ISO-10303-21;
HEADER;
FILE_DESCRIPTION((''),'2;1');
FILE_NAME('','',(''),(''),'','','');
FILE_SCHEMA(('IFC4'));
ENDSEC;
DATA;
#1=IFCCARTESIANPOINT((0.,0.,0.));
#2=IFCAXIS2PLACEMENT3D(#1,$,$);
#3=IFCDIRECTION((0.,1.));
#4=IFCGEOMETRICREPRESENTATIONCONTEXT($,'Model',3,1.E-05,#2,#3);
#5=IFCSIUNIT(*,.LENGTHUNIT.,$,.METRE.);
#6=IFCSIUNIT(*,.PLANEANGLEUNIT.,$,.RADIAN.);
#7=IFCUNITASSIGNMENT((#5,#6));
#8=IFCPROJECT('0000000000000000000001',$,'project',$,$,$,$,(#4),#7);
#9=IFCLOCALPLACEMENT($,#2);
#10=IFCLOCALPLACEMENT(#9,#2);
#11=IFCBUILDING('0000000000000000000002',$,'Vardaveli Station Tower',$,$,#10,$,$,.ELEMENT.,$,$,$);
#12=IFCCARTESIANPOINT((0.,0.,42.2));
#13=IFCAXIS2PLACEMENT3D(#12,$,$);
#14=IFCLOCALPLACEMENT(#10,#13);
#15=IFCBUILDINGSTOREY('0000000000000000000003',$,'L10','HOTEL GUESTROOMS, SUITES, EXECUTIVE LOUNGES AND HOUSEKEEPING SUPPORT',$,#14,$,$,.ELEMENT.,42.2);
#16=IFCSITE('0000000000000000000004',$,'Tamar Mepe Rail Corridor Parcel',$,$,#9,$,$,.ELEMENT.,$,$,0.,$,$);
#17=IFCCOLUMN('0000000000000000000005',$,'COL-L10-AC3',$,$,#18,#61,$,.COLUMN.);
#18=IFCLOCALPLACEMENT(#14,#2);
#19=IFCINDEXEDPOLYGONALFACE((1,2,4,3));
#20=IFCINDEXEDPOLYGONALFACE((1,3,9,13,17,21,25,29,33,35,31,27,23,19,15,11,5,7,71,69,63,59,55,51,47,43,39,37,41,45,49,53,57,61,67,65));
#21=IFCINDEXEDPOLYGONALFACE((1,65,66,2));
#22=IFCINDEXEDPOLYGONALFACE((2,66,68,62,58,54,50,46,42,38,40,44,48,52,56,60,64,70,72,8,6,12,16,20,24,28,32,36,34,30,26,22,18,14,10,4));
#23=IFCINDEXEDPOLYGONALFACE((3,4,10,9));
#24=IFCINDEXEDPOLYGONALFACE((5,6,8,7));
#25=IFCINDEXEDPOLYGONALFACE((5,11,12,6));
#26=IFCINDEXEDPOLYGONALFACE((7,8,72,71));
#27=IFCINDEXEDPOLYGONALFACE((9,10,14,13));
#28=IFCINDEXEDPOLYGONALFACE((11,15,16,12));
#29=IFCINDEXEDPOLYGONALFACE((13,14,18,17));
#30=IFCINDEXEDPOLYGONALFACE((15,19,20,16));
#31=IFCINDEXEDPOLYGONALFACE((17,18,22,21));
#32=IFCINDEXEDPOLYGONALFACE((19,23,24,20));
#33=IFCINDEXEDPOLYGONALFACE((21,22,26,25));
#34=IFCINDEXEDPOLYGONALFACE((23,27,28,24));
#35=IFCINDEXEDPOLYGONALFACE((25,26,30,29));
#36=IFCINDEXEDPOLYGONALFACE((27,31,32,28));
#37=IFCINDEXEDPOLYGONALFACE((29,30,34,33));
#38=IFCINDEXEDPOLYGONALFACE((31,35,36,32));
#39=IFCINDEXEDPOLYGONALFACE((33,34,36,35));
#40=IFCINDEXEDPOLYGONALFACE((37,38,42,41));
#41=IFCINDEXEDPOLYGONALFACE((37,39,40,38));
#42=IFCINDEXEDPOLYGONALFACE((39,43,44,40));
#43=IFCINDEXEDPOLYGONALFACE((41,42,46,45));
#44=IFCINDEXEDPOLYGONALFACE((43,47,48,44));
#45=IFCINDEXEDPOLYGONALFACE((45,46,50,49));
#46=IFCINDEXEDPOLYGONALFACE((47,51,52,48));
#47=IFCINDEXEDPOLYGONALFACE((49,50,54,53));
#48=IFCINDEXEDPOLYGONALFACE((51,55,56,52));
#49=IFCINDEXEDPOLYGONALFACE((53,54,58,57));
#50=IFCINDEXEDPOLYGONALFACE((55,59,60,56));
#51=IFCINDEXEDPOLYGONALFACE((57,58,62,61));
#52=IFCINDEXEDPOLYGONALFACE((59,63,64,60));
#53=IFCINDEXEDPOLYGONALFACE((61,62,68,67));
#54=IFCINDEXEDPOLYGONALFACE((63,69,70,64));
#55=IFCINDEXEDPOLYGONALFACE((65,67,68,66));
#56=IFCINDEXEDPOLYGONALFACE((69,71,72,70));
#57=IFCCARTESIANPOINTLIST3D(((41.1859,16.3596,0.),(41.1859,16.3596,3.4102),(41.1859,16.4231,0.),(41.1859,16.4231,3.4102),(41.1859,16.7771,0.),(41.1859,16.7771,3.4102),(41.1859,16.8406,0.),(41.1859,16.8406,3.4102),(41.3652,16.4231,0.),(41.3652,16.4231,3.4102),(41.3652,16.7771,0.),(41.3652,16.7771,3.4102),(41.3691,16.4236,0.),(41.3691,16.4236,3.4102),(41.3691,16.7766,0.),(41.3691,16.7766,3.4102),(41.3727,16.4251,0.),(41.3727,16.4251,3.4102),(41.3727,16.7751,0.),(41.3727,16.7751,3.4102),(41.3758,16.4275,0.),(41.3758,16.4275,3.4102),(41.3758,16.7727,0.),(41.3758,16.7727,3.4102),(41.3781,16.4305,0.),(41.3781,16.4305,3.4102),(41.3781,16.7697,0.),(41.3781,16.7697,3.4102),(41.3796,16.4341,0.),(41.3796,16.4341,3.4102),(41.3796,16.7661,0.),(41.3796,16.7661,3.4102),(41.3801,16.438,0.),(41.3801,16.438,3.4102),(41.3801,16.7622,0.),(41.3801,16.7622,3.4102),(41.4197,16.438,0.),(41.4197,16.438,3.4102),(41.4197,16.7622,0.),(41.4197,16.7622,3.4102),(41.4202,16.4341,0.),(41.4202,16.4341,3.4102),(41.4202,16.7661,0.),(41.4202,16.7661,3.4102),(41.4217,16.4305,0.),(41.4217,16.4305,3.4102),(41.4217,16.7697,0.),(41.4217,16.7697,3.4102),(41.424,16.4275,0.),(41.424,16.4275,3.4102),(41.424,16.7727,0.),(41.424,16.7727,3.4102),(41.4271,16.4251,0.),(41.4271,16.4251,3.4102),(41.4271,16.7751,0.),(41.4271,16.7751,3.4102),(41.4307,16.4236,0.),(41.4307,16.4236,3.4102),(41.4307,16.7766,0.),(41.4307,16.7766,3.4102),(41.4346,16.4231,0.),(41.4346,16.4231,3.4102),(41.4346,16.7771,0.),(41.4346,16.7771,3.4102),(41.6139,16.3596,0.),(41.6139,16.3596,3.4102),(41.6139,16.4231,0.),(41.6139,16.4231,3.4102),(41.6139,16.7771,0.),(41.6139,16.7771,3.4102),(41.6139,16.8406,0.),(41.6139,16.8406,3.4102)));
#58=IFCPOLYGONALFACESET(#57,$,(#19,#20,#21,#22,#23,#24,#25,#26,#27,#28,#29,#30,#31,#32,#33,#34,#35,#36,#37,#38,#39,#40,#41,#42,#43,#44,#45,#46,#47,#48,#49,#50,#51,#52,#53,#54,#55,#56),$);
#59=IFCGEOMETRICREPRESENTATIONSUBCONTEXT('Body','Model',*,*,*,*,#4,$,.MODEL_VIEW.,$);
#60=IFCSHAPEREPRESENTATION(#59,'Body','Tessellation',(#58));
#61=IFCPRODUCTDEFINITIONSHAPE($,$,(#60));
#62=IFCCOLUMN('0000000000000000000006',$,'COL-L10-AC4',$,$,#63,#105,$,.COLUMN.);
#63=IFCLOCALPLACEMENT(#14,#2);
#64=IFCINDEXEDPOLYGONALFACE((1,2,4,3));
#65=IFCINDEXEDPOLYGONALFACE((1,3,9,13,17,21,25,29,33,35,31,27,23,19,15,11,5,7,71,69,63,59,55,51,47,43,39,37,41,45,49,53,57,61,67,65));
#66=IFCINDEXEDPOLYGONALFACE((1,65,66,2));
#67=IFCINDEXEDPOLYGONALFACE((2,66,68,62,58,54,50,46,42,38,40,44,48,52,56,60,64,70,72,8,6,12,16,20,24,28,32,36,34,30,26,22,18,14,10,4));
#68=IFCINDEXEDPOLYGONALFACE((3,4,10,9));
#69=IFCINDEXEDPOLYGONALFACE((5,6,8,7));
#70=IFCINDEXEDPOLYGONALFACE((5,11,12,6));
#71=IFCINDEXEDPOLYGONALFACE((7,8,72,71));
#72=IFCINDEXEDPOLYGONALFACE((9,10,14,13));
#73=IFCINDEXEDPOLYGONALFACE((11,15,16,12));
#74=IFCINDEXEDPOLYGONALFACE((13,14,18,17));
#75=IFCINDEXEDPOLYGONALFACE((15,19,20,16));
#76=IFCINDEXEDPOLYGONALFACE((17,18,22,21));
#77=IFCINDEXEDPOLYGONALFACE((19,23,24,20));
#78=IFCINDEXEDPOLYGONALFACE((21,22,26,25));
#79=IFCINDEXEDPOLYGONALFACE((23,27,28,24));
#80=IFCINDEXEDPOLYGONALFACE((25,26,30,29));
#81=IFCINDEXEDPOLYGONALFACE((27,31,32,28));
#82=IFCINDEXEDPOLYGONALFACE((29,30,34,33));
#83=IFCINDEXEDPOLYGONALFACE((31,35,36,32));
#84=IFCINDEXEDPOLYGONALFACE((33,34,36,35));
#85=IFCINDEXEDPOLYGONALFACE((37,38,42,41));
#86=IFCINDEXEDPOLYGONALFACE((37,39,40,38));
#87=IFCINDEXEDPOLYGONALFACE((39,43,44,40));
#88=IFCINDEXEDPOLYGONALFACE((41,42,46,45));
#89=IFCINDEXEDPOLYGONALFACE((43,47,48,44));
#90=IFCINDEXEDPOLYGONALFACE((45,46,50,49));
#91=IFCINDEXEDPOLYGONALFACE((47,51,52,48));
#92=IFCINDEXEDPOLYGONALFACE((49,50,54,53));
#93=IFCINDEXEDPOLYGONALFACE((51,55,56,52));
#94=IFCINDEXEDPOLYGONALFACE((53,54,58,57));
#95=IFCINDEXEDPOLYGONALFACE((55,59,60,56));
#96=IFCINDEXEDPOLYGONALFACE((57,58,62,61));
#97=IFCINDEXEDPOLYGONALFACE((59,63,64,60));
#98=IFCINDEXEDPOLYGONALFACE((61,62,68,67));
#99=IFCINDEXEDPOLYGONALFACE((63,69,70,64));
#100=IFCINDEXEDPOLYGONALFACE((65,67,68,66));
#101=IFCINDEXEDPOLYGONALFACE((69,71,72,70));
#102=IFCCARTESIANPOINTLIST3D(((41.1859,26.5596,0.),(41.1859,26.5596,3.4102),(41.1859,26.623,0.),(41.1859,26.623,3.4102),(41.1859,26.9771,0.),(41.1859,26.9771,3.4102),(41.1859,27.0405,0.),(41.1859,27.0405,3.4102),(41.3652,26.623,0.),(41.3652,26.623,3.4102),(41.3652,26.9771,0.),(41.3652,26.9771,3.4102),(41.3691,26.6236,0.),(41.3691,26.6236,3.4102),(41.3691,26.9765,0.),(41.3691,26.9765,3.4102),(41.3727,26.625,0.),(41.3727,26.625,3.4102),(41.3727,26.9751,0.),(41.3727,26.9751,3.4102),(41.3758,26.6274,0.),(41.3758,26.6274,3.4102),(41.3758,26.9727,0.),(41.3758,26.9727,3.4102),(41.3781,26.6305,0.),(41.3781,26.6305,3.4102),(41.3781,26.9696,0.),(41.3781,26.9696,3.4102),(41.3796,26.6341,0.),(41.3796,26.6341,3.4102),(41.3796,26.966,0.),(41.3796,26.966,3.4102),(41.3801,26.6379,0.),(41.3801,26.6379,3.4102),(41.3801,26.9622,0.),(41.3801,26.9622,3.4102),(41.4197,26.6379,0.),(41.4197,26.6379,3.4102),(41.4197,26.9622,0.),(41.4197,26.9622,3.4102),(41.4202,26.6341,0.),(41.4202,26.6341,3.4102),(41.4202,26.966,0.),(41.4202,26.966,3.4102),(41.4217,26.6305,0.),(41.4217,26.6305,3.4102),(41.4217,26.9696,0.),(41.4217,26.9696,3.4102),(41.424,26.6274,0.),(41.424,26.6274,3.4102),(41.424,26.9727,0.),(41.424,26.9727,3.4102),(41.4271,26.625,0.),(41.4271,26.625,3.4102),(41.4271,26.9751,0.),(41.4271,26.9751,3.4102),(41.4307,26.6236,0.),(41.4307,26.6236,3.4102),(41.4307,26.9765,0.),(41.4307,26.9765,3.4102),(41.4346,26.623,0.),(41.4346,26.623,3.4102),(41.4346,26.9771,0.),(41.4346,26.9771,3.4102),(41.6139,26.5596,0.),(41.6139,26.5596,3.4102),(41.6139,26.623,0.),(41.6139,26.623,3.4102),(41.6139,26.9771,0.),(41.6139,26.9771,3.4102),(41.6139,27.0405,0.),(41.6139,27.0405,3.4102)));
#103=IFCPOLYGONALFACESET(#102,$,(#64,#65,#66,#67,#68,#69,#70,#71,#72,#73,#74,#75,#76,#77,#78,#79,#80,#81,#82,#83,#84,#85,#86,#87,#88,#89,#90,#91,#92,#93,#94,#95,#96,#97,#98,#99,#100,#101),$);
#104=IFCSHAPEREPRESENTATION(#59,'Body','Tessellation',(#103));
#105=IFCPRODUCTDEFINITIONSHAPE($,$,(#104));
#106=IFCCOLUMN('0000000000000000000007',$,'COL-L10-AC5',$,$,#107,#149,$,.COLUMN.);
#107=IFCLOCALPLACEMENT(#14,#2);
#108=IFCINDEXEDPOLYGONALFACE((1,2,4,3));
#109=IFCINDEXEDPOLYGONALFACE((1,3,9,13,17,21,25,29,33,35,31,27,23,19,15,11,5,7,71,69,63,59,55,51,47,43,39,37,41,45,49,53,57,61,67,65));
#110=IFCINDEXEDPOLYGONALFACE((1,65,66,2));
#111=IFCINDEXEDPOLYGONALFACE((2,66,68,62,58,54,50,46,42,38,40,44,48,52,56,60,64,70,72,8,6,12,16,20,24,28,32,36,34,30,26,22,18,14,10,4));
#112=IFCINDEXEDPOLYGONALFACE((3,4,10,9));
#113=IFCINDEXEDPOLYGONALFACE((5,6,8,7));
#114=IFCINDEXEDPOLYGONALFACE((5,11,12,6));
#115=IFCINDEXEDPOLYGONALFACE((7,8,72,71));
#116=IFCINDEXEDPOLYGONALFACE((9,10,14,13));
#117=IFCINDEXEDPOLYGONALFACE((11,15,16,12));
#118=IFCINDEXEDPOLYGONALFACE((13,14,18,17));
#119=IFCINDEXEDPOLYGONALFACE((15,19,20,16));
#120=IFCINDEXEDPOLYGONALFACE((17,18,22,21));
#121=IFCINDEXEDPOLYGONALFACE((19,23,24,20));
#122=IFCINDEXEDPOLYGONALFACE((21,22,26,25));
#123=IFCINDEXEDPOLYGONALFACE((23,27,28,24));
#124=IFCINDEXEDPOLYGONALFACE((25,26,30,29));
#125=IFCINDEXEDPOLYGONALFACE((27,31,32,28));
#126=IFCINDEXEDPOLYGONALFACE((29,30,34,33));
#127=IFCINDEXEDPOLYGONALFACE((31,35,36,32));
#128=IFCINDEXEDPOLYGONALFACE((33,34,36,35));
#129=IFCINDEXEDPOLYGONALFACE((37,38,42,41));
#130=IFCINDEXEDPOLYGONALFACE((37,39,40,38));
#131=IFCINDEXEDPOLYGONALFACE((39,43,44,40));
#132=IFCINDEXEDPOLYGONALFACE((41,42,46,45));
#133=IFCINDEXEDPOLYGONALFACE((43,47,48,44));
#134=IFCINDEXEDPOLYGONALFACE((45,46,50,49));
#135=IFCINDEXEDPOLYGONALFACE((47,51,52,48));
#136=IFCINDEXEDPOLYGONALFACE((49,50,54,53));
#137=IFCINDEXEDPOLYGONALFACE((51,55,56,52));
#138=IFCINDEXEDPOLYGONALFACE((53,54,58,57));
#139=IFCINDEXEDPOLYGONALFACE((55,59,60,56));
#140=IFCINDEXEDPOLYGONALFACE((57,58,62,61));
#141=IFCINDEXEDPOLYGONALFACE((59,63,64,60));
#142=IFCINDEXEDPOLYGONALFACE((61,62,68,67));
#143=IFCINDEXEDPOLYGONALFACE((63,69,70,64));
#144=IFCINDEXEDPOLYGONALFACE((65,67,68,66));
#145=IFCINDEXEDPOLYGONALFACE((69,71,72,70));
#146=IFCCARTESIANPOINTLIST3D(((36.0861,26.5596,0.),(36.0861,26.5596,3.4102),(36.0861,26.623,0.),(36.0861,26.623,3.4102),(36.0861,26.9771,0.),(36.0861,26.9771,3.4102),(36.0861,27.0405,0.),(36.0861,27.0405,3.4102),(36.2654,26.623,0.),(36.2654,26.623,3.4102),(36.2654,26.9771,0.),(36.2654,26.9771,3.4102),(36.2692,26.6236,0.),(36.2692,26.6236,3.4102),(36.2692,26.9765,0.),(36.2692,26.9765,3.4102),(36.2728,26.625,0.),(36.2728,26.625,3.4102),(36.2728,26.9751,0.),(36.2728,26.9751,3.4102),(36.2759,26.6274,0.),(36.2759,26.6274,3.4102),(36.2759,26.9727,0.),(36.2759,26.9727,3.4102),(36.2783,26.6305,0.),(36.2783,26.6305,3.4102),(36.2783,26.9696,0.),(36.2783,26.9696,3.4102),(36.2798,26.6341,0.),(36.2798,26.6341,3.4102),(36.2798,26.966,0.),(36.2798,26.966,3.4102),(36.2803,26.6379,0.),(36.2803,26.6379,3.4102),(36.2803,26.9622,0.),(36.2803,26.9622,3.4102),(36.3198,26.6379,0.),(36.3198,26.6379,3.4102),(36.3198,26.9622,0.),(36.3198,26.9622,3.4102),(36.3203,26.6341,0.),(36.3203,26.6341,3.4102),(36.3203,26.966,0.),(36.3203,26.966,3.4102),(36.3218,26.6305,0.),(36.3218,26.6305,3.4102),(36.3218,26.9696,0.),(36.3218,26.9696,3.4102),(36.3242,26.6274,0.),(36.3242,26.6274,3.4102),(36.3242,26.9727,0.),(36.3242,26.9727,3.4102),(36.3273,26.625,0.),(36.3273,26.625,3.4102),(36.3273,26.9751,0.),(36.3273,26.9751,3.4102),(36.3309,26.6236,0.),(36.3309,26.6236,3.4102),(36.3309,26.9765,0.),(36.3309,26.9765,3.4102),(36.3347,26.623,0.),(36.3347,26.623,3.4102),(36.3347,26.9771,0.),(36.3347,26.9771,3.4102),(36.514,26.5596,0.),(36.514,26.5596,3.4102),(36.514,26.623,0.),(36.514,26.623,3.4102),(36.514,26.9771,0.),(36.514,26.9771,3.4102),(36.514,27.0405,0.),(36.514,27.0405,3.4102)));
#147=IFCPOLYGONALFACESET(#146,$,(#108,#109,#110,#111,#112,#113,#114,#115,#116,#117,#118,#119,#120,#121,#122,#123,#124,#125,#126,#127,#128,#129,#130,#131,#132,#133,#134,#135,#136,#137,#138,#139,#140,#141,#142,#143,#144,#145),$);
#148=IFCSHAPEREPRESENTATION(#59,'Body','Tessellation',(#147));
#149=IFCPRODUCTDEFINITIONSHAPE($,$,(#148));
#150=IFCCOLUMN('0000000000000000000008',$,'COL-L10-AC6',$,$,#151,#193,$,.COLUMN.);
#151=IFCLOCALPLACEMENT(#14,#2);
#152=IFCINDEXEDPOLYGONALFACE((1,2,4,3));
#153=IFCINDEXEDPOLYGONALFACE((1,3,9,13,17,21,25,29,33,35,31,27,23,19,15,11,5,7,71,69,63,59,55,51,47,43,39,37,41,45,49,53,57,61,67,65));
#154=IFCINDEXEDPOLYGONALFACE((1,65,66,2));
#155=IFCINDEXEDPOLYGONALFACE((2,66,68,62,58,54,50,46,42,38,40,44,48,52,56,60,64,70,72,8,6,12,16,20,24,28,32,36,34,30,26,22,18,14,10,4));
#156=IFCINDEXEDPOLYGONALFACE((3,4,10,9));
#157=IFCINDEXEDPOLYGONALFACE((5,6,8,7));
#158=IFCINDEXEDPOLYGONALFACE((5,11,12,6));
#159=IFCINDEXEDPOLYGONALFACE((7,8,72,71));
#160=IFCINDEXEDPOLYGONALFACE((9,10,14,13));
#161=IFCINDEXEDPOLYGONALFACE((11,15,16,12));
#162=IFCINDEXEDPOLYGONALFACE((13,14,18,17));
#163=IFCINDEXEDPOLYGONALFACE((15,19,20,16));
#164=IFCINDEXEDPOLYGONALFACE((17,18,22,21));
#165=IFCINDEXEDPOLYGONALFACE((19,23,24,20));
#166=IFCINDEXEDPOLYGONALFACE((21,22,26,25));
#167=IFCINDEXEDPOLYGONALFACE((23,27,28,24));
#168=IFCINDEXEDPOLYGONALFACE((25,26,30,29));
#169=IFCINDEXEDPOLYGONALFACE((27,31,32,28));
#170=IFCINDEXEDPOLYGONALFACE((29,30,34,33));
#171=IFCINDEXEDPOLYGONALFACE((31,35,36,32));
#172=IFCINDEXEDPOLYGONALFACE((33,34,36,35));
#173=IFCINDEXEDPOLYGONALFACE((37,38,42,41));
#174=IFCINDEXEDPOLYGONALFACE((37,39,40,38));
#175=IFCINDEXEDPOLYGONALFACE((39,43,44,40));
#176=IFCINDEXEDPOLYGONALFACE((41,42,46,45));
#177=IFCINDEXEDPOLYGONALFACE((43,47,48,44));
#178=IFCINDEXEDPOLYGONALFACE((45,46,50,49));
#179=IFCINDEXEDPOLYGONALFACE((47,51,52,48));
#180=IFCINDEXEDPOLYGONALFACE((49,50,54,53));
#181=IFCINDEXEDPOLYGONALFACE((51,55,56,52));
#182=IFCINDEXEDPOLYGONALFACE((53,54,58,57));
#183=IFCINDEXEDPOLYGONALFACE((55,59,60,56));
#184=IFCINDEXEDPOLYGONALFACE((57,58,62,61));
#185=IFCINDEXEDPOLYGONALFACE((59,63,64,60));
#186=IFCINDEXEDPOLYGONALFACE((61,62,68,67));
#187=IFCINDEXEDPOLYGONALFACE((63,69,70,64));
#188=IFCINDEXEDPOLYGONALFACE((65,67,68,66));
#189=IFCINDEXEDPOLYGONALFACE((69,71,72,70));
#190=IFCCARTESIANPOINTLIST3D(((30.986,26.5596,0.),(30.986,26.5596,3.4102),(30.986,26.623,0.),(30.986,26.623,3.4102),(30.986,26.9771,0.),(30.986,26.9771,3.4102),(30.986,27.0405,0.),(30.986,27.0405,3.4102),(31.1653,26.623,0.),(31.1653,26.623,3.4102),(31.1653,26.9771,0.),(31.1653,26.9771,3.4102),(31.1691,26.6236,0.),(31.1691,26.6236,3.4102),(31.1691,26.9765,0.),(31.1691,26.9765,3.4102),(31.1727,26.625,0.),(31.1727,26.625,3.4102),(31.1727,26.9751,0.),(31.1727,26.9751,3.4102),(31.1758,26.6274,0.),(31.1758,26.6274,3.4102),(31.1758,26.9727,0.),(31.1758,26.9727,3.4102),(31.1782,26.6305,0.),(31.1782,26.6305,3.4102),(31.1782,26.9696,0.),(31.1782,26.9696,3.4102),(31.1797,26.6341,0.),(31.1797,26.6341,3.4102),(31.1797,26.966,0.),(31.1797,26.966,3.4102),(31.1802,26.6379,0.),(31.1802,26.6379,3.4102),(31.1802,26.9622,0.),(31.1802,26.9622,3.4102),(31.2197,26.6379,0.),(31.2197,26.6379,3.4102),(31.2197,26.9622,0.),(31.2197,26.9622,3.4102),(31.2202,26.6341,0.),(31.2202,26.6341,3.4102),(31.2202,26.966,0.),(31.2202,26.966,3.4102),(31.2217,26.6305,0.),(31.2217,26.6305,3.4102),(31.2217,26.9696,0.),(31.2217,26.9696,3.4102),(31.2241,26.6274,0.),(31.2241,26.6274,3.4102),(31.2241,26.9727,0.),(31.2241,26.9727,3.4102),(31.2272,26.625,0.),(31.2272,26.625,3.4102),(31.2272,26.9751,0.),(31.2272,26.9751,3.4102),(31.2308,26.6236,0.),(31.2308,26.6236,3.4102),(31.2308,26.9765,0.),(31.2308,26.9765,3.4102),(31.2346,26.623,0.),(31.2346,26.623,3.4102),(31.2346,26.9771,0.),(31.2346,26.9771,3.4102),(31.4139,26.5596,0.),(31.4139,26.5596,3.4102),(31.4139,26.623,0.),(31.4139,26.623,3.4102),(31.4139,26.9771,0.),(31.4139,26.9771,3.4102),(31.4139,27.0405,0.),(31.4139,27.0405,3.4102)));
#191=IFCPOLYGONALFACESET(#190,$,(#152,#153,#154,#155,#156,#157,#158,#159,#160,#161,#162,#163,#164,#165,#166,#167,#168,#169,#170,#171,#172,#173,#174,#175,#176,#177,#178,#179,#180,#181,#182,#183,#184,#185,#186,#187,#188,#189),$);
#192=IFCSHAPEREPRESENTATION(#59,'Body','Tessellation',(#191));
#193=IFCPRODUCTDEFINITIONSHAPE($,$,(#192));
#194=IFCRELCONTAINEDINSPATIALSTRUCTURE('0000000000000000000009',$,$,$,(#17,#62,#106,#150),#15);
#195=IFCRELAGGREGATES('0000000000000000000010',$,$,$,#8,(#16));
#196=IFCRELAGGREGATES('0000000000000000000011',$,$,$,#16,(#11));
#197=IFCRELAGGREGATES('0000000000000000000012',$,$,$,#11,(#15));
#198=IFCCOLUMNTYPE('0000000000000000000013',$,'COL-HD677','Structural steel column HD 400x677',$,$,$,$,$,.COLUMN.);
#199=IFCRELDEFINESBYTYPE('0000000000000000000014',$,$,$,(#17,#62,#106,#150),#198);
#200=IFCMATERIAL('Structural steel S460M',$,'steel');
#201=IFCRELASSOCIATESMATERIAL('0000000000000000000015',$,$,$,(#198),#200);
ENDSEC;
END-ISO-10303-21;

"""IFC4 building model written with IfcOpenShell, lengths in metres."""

from ifc_helpers import new_model, si_unit, direction, frame, origin, origin_2d, place, context, subcontext, project, spatial, i_section, extrude, source, transform, mapped, material, material_profile, profile_set, type_object, element, save


model = new_model("IFC4")

# Units and contexts
model_context = context("Model", 3, precision=1e-05, world=origin(), true_north=direction((0.0, 1.0)))
body_context = subcontext(model_context, "Body", "Model", "MODEL_VIEW")
ifc_project = project(units=[si_unit("LENGTHUNIT", "METRE"), si_unit("PLANEANGLEUNIT", "RADIAN")], contexts=[model_context])

# Site, building, storey
site_placement = place(None, origin())
site = spatial("IfcSite", under=ifc_project, at=site_placement, Name="Tamar Mepe Rail Corridor Parcel", CompositionType="ELEMENT", RefElevation=0.0)
building_placement = place(site_placement, origin())
building = spatial("IfcBuilding", under=site, at=building_placement, Name="Vardaveli Station Tower", CompositionType="ELEMENT")
storey_placement = place(building_placement, frame((0.0, 0.0, 42.2)))
storey = spatial("IfcBuildingStorey", under=building, at=storey_placement, Name="L10", Description="HOTEL GUESTROOMS, SUITES, EXECUTIVE LOUNGES AND HOUSEKEEPING SUPPORT", CompositionType="ELEMENT", Elevation=42.2)

# Columns
ifc_material_1 = material(Name="Structural steel S460M", Category="steel")
ifc_material_profile_1 = material_profile(ifc_material_1, i_section(OverallWidth=0.428, OverallDepth=0.481, WebThickness=0.0396, FlangeThickness=0.0635, FilletRadius=0.0149, at=origin_2d()), Name="HD 400x677")
ifc_profile_set_1 = profile_set([ifc_material_profile_1], Name="Structural steel S460M")
column_type = type_object("IfcColumnType", Name="COL-HD677", Description="Structural steel column HD 400x677", PredefinedType="COLUMN", material=ifc_profile_set_1)
shared_shape_1 = source(origin(), body_context, "Body", "SweptSolid", [
    extrude(i_section(OverallWidth=0.428, OverallDepth=0.481, WebThickness=0.0396, FlangeThickness=0.0635, FilletRadius=0.0149, at=origin_2d()), origin(), (0.0, 0.0, 1.0), 3.4102),
])
for number, where, z_axis, x_axis, name in (
    (1, (41.3999, 16.6001, 0.0), (0.0, 0.0, 1.0), (1.0, 0.0, 0.0), "COL-L10-AC3"),
    (2, (41.3999, 26.8, 0.0), (0.0, 0.0, 1.0), (1.0, 0.0, 0.0), "COL-L10-AC4"),
    (3, (36.3, 26.8, 0.0), (0.0, 0.0, 1.0), (1.0, 0.0, 0.0), "COL-L10-AC5"),
    (4, (31.2, 26.8, 0.0), (0.0, 0.0, 1.0), (1.0, 0.0, 0.0), "COL-L10-AC6"),
):
    element("IfcColumn", number, at=place(storey_placement, frame(where, z_axis=z_axis, x_axis=x_axis)), inside=storey, type_object=column_type, Name=name, PredefinedType="COLUMN", context=body_context, shape_type="MappedRepresentation", body=[
        mapped(shared_shape_1, transform((0.0, 0.0, 0.0), scale=1.0)),
    ])

save(model, "model.ifc")
